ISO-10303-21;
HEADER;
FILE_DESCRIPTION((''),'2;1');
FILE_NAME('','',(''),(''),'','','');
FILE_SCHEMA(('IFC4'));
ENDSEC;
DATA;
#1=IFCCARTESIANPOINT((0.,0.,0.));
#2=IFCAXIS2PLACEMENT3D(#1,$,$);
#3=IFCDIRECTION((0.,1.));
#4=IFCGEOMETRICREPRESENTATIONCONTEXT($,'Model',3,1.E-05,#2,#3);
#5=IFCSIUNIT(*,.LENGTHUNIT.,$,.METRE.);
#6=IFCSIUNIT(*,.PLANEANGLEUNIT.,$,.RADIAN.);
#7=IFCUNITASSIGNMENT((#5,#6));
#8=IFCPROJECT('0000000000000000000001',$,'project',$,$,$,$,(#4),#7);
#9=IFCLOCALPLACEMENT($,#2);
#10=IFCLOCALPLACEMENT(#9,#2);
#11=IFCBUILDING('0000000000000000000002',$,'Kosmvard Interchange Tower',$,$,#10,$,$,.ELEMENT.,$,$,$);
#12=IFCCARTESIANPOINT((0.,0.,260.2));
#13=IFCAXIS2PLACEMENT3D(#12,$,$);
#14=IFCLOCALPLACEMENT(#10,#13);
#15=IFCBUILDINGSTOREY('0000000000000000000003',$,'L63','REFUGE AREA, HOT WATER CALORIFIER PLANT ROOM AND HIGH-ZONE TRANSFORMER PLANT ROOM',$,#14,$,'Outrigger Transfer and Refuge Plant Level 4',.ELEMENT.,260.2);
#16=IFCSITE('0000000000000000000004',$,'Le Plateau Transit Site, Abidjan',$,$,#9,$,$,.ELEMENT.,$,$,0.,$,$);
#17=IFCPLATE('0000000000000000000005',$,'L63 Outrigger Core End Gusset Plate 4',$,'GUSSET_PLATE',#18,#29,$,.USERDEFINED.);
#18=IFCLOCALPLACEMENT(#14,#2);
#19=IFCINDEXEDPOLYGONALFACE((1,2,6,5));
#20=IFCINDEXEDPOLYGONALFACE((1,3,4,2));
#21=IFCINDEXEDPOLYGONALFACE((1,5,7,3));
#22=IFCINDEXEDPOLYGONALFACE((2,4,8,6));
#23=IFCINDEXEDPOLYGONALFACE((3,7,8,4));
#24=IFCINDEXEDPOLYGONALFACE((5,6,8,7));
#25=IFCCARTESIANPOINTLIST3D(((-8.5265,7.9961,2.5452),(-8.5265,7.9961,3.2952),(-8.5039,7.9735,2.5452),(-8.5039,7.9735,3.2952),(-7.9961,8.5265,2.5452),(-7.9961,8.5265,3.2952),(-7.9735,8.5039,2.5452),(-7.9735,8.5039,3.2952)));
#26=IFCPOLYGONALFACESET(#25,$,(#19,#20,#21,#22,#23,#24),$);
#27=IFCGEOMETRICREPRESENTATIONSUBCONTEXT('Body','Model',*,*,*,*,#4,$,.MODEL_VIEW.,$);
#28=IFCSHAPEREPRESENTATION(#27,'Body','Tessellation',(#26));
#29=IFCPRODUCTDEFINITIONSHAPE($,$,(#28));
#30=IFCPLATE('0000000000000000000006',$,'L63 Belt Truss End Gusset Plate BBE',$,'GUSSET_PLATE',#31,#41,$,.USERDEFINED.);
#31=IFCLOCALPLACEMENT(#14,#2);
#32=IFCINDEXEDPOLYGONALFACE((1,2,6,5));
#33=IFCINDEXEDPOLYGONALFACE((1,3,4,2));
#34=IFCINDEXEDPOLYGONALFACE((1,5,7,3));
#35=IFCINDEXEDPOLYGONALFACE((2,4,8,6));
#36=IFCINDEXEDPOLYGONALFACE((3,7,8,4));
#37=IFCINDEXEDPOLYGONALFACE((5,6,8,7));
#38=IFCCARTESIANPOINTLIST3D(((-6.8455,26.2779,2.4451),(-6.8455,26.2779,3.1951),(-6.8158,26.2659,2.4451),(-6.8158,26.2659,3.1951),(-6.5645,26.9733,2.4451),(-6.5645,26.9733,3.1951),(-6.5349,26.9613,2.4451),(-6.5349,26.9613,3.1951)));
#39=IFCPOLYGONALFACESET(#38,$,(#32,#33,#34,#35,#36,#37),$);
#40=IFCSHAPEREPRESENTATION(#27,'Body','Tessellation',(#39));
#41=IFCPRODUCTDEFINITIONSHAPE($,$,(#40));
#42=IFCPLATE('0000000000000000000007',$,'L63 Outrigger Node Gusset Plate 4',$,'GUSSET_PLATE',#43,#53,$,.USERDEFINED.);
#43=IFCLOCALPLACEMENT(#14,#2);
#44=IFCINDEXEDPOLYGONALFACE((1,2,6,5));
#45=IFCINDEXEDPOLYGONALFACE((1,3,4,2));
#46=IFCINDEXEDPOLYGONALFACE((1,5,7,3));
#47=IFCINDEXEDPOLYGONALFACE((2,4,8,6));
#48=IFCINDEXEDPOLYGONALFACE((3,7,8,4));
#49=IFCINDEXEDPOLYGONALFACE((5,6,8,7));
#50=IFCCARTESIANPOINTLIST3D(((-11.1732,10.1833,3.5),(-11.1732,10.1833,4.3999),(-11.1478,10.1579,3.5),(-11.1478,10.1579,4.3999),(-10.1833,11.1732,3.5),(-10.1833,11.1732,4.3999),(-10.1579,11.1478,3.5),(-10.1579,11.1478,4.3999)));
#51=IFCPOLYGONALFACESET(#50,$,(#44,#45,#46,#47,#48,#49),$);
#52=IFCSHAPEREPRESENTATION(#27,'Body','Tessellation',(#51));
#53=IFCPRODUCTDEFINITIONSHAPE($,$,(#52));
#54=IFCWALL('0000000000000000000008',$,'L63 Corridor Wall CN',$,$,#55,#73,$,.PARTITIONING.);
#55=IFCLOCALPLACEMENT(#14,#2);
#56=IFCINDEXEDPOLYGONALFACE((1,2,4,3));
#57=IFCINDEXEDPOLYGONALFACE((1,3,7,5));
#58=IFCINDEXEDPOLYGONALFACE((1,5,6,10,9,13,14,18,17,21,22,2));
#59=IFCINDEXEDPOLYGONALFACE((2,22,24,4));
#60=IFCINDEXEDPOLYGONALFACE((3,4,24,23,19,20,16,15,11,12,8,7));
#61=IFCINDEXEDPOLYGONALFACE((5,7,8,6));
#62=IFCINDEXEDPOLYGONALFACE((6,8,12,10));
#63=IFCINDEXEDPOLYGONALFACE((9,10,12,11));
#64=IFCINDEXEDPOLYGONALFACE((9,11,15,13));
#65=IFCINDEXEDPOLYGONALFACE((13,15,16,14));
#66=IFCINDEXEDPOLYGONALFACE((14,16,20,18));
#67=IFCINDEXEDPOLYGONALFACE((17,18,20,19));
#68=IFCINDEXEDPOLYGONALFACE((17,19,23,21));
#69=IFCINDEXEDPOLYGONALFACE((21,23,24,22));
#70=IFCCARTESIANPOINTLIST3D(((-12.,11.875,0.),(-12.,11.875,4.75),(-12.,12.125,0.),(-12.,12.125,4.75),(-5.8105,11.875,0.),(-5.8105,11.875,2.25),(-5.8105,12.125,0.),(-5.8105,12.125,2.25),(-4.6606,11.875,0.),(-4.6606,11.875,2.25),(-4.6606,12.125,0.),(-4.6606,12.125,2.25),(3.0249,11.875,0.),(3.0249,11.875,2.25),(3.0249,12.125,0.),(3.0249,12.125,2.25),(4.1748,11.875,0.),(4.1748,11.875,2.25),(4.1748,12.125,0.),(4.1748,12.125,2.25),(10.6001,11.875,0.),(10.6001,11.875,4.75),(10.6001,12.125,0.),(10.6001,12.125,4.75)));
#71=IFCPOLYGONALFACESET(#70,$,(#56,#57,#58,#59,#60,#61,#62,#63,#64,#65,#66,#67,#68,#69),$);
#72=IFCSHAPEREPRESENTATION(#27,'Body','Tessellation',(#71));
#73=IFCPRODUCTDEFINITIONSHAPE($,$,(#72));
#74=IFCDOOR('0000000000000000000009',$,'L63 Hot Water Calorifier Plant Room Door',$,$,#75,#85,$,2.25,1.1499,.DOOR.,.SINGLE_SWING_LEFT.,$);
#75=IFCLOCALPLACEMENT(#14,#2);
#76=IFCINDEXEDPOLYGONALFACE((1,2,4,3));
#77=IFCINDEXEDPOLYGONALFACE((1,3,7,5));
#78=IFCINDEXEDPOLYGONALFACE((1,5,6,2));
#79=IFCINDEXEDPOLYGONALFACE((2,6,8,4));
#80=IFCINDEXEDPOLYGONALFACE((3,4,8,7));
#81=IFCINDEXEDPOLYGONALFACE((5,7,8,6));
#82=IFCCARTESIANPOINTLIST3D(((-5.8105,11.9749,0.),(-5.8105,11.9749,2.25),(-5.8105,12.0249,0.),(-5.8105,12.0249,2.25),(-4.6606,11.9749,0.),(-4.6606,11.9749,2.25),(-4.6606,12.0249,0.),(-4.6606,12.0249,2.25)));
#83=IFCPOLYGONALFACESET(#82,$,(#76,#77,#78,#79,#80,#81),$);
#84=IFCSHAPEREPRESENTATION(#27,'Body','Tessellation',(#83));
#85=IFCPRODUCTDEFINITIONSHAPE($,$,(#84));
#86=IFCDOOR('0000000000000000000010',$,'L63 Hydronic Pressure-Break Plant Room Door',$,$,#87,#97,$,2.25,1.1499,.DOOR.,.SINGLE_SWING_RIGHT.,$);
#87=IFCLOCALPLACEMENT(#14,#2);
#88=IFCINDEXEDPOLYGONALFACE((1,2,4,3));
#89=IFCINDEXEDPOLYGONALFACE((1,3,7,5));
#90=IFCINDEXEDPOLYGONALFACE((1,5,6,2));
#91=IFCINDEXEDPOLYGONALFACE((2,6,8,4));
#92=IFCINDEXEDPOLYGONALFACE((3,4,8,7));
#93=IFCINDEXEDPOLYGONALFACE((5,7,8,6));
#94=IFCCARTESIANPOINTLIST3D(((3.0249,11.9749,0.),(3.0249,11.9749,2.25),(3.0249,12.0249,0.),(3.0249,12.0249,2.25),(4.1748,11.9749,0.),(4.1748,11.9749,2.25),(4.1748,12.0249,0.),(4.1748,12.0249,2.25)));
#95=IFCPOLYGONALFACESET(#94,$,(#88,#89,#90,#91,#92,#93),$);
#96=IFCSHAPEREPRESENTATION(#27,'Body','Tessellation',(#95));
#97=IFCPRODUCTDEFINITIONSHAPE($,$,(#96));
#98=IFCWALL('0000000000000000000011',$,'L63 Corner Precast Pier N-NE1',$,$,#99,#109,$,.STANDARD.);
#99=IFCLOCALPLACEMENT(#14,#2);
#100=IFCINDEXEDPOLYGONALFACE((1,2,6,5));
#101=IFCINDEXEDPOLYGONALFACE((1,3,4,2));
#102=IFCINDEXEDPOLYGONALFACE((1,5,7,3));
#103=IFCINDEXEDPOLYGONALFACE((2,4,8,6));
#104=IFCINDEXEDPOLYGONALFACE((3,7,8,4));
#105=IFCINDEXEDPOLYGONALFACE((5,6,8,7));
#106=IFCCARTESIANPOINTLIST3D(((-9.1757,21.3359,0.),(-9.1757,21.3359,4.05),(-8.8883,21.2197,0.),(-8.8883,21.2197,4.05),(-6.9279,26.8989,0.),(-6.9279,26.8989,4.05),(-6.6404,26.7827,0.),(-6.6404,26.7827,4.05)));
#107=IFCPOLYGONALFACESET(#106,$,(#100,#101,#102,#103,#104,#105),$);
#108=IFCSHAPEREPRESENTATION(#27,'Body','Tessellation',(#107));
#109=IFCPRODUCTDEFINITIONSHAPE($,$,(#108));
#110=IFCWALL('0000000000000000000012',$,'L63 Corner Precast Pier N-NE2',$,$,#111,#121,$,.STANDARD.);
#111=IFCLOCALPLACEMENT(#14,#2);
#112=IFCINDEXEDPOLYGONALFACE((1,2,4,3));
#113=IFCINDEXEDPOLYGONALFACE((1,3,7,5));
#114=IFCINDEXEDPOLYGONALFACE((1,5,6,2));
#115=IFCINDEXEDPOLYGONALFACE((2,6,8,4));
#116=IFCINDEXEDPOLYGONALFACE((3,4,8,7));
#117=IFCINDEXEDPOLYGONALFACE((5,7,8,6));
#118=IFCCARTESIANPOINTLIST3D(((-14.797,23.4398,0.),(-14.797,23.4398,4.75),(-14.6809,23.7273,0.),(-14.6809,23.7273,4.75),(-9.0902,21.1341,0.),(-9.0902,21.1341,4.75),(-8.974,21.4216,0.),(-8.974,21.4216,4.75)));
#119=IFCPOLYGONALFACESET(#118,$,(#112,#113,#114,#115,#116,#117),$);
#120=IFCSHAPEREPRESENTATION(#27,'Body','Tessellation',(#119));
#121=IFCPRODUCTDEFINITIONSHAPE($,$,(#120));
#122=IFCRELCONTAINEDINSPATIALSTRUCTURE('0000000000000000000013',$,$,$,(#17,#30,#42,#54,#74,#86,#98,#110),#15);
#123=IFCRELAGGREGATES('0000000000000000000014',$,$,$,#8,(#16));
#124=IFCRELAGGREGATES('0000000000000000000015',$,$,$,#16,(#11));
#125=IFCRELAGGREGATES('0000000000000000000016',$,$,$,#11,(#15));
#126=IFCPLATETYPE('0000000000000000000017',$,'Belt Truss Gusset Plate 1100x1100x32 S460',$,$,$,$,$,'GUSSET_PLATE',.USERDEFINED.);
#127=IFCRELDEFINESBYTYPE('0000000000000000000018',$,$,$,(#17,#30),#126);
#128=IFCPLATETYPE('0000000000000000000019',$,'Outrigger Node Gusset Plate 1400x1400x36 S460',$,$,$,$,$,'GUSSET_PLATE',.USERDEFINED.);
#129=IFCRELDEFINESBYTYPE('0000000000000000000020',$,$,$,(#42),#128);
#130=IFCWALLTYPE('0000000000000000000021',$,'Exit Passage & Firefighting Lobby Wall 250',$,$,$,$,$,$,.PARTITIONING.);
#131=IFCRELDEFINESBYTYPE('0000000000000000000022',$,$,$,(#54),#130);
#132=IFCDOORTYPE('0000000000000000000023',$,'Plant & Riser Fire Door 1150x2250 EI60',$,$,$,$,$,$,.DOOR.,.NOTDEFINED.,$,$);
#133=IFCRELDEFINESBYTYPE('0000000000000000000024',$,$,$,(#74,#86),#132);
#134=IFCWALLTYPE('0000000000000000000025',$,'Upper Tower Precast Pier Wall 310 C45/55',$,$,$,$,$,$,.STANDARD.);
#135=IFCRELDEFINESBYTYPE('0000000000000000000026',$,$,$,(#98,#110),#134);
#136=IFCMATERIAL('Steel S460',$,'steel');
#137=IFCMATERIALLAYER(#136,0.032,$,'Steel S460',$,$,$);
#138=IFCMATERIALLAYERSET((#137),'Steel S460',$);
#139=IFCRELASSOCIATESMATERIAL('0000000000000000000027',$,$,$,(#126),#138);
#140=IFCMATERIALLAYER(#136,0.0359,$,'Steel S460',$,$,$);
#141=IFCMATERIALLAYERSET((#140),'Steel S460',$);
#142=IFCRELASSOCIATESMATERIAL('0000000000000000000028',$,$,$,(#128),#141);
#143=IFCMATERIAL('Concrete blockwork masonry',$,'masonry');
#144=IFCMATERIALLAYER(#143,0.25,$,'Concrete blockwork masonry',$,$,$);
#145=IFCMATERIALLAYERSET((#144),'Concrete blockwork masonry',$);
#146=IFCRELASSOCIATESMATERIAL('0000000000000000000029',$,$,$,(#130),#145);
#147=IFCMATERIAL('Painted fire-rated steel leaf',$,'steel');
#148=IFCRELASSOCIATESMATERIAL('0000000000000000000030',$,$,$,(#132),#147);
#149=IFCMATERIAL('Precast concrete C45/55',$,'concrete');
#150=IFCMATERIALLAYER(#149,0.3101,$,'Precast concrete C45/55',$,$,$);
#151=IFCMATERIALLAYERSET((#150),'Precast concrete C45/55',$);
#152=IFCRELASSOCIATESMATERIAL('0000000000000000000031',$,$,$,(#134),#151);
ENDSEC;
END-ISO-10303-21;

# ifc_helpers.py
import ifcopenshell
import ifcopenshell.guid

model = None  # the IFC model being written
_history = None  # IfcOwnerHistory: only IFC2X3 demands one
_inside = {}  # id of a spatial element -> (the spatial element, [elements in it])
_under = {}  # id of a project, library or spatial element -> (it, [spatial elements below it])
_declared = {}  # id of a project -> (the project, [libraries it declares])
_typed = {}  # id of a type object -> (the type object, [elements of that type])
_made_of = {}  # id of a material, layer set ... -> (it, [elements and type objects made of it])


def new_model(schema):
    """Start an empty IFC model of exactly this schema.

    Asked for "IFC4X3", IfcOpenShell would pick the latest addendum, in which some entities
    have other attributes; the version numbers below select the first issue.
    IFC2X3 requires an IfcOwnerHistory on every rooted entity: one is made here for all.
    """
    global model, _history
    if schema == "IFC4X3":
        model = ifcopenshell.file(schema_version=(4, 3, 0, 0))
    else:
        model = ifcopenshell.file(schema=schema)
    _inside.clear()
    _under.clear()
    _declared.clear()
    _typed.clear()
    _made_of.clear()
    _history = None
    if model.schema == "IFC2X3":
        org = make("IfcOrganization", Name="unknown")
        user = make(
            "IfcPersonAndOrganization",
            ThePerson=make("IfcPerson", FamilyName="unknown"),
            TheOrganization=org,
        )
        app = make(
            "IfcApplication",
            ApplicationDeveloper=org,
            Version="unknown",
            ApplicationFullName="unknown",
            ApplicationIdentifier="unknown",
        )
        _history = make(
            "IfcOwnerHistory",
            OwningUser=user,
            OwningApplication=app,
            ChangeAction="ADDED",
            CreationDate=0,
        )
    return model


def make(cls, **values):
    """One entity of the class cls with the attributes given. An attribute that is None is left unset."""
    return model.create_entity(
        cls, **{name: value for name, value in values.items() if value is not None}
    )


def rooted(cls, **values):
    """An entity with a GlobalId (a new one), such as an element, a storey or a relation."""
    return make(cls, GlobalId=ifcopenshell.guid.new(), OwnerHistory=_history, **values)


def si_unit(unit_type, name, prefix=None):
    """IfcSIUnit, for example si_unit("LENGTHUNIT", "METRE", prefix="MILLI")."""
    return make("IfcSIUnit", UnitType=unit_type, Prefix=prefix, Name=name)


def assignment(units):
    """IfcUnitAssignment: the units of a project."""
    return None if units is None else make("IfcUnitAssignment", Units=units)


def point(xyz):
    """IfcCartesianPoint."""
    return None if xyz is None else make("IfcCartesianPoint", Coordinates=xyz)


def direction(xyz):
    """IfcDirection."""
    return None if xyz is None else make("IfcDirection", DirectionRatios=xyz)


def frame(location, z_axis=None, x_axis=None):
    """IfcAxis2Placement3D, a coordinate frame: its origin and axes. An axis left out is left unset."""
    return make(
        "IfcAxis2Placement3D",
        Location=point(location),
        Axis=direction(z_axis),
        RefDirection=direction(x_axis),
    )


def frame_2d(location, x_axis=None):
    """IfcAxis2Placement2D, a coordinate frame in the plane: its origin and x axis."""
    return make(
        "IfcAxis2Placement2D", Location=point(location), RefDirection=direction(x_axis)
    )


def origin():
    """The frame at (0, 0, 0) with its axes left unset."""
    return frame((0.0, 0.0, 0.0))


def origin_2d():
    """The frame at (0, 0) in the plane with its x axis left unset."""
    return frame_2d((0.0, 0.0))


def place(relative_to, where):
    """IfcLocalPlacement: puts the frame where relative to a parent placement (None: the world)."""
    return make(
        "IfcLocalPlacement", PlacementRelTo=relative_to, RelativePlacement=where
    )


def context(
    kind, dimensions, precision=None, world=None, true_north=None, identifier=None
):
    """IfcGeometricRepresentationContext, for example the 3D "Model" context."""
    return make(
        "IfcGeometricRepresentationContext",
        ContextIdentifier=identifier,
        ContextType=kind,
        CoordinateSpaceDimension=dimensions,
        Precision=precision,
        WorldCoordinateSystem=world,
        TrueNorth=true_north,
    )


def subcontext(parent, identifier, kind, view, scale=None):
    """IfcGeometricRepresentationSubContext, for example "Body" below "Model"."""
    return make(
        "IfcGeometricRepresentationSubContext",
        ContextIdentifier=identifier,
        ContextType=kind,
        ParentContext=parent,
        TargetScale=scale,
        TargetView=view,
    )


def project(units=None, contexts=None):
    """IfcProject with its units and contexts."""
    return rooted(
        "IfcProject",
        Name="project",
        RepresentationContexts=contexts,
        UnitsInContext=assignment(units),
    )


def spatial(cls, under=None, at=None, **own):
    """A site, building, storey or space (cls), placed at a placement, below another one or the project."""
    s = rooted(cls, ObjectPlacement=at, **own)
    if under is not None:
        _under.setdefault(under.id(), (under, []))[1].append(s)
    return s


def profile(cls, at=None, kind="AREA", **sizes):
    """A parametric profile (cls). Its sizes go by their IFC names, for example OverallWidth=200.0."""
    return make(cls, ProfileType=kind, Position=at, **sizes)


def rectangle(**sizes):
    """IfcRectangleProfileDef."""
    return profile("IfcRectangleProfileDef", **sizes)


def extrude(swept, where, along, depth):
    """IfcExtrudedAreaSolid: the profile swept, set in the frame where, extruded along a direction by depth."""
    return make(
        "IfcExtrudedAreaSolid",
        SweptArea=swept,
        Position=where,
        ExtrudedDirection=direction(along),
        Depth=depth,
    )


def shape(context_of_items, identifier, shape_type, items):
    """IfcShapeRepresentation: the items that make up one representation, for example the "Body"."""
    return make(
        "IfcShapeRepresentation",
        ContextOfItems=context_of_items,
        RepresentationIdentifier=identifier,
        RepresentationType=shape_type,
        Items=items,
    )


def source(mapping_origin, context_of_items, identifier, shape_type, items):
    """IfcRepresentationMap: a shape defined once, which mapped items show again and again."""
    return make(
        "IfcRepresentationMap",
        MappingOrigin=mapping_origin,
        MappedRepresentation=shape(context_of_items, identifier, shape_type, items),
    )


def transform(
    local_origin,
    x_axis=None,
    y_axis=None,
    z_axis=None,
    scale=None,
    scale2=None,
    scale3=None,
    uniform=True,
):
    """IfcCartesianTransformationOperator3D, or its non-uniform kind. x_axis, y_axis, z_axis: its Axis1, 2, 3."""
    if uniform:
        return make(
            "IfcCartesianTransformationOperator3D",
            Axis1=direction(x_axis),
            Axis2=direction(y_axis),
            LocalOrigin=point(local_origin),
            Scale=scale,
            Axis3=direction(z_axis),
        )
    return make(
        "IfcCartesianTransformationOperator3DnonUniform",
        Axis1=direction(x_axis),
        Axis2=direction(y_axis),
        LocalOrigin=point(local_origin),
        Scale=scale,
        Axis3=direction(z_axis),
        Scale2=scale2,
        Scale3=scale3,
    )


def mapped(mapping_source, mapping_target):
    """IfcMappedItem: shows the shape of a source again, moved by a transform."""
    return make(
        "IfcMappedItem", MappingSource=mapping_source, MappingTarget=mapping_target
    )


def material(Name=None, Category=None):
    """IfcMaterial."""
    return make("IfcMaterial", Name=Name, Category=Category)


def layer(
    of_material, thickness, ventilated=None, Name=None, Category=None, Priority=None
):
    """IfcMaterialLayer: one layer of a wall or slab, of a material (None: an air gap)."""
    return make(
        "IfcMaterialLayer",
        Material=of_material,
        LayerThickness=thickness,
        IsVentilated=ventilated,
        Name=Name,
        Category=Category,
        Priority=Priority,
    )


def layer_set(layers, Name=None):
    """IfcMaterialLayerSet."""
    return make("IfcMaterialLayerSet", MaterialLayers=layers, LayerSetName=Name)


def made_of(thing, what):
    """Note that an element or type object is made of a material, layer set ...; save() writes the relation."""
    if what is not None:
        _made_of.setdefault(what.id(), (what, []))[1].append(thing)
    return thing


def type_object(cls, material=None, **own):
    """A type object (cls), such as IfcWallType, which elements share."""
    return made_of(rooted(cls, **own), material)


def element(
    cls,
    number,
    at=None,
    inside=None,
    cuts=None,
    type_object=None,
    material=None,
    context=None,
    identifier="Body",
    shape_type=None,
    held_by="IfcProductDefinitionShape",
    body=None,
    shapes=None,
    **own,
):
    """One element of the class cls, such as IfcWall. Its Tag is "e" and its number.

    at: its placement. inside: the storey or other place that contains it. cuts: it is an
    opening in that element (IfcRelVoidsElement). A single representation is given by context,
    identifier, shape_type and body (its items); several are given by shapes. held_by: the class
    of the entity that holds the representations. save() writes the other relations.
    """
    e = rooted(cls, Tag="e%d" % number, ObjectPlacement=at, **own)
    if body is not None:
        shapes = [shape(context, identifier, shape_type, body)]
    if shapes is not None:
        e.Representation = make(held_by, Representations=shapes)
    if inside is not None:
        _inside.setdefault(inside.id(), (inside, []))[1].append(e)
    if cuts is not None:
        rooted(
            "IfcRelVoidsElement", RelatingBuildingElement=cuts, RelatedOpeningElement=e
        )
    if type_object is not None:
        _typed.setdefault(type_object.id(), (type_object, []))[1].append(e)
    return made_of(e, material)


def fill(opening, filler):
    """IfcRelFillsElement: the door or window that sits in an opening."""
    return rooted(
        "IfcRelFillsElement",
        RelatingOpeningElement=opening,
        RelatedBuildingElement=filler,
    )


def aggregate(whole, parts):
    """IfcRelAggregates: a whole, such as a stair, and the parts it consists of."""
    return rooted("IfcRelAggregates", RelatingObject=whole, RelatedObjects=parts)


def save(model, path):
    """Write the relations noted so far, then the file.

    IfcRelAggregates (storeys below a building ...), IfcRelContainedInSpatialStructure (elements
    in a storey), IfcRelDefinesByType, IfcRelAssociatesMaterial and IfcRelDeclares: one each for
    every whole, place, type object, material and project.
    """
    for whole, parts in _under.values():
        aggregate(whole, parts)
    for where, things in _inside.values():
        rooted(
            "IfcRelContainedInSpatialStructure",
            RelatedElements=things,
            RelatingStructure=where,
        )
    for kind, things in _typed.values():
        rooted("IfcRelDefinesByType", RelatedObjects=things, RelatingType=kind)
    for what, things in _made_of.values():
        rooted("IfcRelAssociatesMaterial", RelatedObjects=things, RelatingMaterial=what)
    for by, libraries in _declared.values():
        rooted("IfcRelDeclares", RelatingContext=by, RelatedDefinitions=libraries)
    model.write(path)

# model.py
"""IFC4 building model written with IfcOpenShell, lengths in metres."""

from ifc_helpers import new_model, si_unit, direction, frame, frame_2d, origin, origin_2d, place, context, subcontext, project, spatial, rectangle, extrude, source, transform, mapped, material, layer, layer_set, type_object, element, fill, save


model = new_model("IFC4")

# Units and contexts
model_context = context("Model", 3, precision=1e-05, world=origin(), true_north=direction((0.0, 1.0)))
body_context = subcontext(model_context, "Body", "Model", "MODEL_VIEW")
ifc_project = project(units=[si_unit("LENGTHUNIT", "METRE"), si_unit("PLANEANGLEUNIT", "RADIAN")], contexts=[model_context])

# Site, building, storey
site_placement = place(None, origin())
site = spatial("IfcSite", under=ifc_project, at=site_placement, Name="Le Plateau Transit Site, Abidjan", CompositionType="ELEMENT", RefElevation=0.0)
building_placement = place(site_placement, origin())
building = spatial("IfcBuilding", under=site, at=building_placement, Name="Kosmvard Interchange Tower", CompositionType="ELEMENT")
storey_placement = place(building_placement, frame((0.0, 0.0, 260.2)))
storey = spatial("IfcBuildingStorey", under=building, at=storey_placement, Name="L63", Description="REFUGE AREA, HOT WATER CALORIFIER PLANT ROOM AND HIGH-ZONE TRANSFORMER PLANT ROOM", LongName="Outrigger Transfer and Refuge Plant Level 4", CompositionType="ELEMENT", Elevation=260.2)

# Shared definitions
ifc_material_1 = material(Name="Steel S460", Category="steel")

# Plates
ifc_layer_1 = layer(ifc_material_1, 0.032, Name="Steel S460")
ifc_layer_set_1 = layer_set([ifc_layer_1], Name="Steel S460")
plate_type_1 = type_object("IfcPlateType", Name="Belt Truss Gusset Plate 1100x1100x32 S460", ElementType="GUSSET_PLATE", PredefinedType="USERDEFINED", material=ifc_layer_set_1)
shared_shape_1 = source(origin(), body_context, "Body", "SweptSolid", [
    extrude(rectangle(XDim=0.75, YDim=0.032, at=origin_2d()), origin(), (0.0, 0.0, 1.0), 0.75),
])
for number, where, z_axis, x_axis, name in (
    (1, (-8.25, 8.25, 2.5452), (0.0, 0.0, 1.0), (0.707107, 0.707107, 0.0), "L63 Outrigger Core End Gusset Plate 4"),
    (2, (-6.6902, 26.6196, 2.4451), (0.0, 0.0, 1.0), (0.374607, 0.927184, 0.0), "L63 Belt Truss End Gusset Plate BBE"),
):
    element("IfcPlate", number, at=place(storey_placement, frame(where, z_axis=z_axis, x_axis=x_axis)), inside=storey, type_object=plate_type_1, Name=name, ObjectType="GUSSET_PLATE", PredefinedType="USERDEFINED", context=body_context, shape_type="MappedRepresentation", body=[
        mapped(shared_shape_1, transform((0.0, 0.0, 0.0), scale=1.0)),
    ])
ifc_layer_2 = layer(ifc_material_1, 0.0359, Name="Steel S460")
ifc_layer_set_2 = layer_set([ifc_layer_2], Name="Steel S460")
plate_type_2 = type_object("IfcPlateType", Name="Outrigger Node Gusset Plate 1400x1400x36 S460", ElementType="GUSSET_PLATE", PredefinedType="USERDEFINED", material=ifc_layer_set_2)
shared_shape_2 = source(origin(), body_context, "Body", "SweptSolid", [
    extrude(rectangle(XDim=1.3999, YDim=0.0359, at=origin_2d()), origin(), (0.0, 0.0, 1.0), 0.8999),
])
plate_placement = place(storey_placement, frame((-10.6655, 10.6655, 3.5), z_axis=(0.0, 0.0, 1.0), x_axis=(0.707107, 0.707107, 0.0)))
element("IfcPlate", 3, at=plate_placement, inside=storey, type_object=plate_type_2, Name="L63 Outrigger Node Gusset Plate 4", ObjectType="GUSSET_PLATE", PredefinedType="USERDEFINED", context=body_context, shape_type="MappedRepresentation", body=[
    mapped(shared_shape_2, transform((0.0, 0.0, 0.0), scale=1.0)),
])

# Wall, openings, doors
ifc_material_2 = material(Name="Concrete blockwork masonry", Category="masonry")
ifc_layer_3 = layer(ifc_material_2, 0.25, Name="Concrete blockwork masonry")
ifc_layer_set_3 = layer_set([ifc_layer_3], Name="Concrete blockwork masonry")
wall_type_1 = type_object("IfcWallType", Name="Exit Passage & Firefighting Lobby Wall 250", PredefinedType="PARTITIONING", material=ifc_layer_set_3)
wall_1_placement = place(storey_placement, frame((-12.0, 12.0, 0.0), z_axis=(0.0, 0.0, 1.0), x_axis=(1.0, 0.0, 0.0)))
wall_1 = element("IfcWall", 4, at=wall_1_placement, inside=storey, type_object=wall_type_1, Name="L63 Corridor Wall CN", PredefinedType="PARTITIONING", context=body_context, shape_type="SweptSolid", body=[
    extrude(rectangle(XDim=22.6001, YDim=0.25, at=frame_2d((11.3, 0.0))), origin(), (0.0, 0.0, 1.0), 4.75),
])
opening_1_placement = place(wall_1_placement, frame((6.1895, 0.0, 0.0)))
opening_1 = element("IfcOpeningElement", 5, at=opening_1_placement, cuts=wall_1, PredefinedType="OPENING", context=body_context, shape_type="SweptSolid", body=[
    extrude(rectangle(XDim=1.1499, YDim=2.25, at=frame_2d((0.575, 1.125))), frame((0.0, 0.135, 0.0), z_axis=(0.0, -1.0, 0.0), x_axis=(1.0, 0.0, 0.0)), (0.0, 0.0, 1.0), 0.27),
])
opening_2_placement = place(wall_1_placement, frame((15.0249, 0.0, 0.0)))
opening_2 = element("IfcOpeningElement", 6, at=opening_2_placement, cuts=wall_1, PredefinedType="OPENING", context=body_context, shape_type="SweptSolid", body=[
    extrude(rectangle(XDim=1.1499, YDim=2.25, at=frame_2d((0.575, 1.125))), frame((0.0, 0.135, 0.0), z_axis=(0.0, -1.0, 0.0), x_axis=(1.0, 0.0, 0.0)), (0.0, 0.0, 1.0), 0.27),
])
ifc_material_3 = material(Name="Painted fire-rated steel leaf", Category="steel")
door_type = type_object("IfcDoorType", Name="Plant & Riser Fire Door 1150x2250 EI60", OperationType="NOTDEFINED", PredefinedType="DOOR", material=ifc_material_3)
shared_shape_3 = source(origin(), body_context, "Body", "SweptSolid", [
    extrude(rectangle(XDim=1.1499, YDim=2.25, at=frame_2d((0.575, 1.125))), frame((0.0, 0.0249, 0.0), z_axis=(0.0, -1.0, 0.0), x_axis=(1.0, 0.0, 0.0)), (0.0, 0.0, 1.0), 0.05),
])
door_1_placement = place(opening_1_placement, origin())
door_1 = element("IfcDoor", 7, at=door_1_placement, inside=storey, type_object=door_type, Name="L63 Hot Water Calorifier Plant Room Door", OperationType="SINGLE_SWING_LEFT", OverallHeight=2.25, OverallWidth=1.1499, PredefinedType="DOOR", context=body_context, shape_type="MappedRepresentation", body=[
    mapped(shared_shape_3, transform((0.0, 0.0, 0.0), scale=1.0)),
])
fill(opening_1, door_1)
door_2_placement = place(opening_2_placement, origin())
door_2 = element("IfcDoor", 8, at=door_2_placement, inside=storey, type_object=door_type, Name="L63 Hydronic Pressure-Break Plant Room Door", OperationType="SINGLE_SWING_RIGHT", OverallHeight=2.25, OverallWidth=1.1499, PredefinedType="DOOR", context=body_context, shape_type="MappedRepresentation", body=[
    mapped(shared_shape_3, transform((0.0, 0.0, 0.0), scale=1.0)),
])
fill(opening_2, door_2)

# Walls
ifc_material_4 = material(Name="Precast concrete C45/55", Category="concrete")
ifc_layer_4 = layer(ifc_material_4, 0.3101, Name="Precast concrete C45/55")
ifc_layer_set_4 = layer_set([ifc_layer_4], Name="Precast concrete C45/55")
wall_type_2 = type_object("IfcWallType", Name="Upper Tower Precast Pier Wall 310 C45/55", PredefinedType="STANDARD", material=ifc_layer_set_4)
wall_2_placement = place(storey_placement, frame((-6.7842, 26.8408, 0.0), z_axis=(0.0, 0.0, 1.0), x_axis=(-0.374637, -0.927172, 0.0)))
element("IfcWall", 9, at=wall_2_placement, inside=storey, type_object=wall_type_2, Name="L63 Corner Precast Pier N-NE1", PredefinedType="STANDARD", context=body_context, shape_type="SweptSolid", body=[
    extrude(rectangle(XDim=6.0, YDim=0.3101, at=frame_2d((3.0, 0.0))), origin(), (0.0, 0.0, 1.0), 4.05),
])
wall_3_placement = place(storey_placement, frame((-9.032, 21.2778, 0.0), z_axis=(0.0, 0.0, 1.0), x_axis=(-0.927185, 0.374603, 0.0)))
element("IfcWall", 10, at=wall_3_placement, inside=storey, type_object=wall_type_2, Name="L63 Corner Precast Pier N-NE2", PredefinedType="STANDARD", context=body_context, shape_type="SweptSolid", body=[
    extrude(rectangle(XDim=6.155, YDim=0.3101, at=frame_2d((3.0776, 0.0))), origin(), (0.0, 0.0, 1.0), 4.75),
])

save(model, "model.ifc")
